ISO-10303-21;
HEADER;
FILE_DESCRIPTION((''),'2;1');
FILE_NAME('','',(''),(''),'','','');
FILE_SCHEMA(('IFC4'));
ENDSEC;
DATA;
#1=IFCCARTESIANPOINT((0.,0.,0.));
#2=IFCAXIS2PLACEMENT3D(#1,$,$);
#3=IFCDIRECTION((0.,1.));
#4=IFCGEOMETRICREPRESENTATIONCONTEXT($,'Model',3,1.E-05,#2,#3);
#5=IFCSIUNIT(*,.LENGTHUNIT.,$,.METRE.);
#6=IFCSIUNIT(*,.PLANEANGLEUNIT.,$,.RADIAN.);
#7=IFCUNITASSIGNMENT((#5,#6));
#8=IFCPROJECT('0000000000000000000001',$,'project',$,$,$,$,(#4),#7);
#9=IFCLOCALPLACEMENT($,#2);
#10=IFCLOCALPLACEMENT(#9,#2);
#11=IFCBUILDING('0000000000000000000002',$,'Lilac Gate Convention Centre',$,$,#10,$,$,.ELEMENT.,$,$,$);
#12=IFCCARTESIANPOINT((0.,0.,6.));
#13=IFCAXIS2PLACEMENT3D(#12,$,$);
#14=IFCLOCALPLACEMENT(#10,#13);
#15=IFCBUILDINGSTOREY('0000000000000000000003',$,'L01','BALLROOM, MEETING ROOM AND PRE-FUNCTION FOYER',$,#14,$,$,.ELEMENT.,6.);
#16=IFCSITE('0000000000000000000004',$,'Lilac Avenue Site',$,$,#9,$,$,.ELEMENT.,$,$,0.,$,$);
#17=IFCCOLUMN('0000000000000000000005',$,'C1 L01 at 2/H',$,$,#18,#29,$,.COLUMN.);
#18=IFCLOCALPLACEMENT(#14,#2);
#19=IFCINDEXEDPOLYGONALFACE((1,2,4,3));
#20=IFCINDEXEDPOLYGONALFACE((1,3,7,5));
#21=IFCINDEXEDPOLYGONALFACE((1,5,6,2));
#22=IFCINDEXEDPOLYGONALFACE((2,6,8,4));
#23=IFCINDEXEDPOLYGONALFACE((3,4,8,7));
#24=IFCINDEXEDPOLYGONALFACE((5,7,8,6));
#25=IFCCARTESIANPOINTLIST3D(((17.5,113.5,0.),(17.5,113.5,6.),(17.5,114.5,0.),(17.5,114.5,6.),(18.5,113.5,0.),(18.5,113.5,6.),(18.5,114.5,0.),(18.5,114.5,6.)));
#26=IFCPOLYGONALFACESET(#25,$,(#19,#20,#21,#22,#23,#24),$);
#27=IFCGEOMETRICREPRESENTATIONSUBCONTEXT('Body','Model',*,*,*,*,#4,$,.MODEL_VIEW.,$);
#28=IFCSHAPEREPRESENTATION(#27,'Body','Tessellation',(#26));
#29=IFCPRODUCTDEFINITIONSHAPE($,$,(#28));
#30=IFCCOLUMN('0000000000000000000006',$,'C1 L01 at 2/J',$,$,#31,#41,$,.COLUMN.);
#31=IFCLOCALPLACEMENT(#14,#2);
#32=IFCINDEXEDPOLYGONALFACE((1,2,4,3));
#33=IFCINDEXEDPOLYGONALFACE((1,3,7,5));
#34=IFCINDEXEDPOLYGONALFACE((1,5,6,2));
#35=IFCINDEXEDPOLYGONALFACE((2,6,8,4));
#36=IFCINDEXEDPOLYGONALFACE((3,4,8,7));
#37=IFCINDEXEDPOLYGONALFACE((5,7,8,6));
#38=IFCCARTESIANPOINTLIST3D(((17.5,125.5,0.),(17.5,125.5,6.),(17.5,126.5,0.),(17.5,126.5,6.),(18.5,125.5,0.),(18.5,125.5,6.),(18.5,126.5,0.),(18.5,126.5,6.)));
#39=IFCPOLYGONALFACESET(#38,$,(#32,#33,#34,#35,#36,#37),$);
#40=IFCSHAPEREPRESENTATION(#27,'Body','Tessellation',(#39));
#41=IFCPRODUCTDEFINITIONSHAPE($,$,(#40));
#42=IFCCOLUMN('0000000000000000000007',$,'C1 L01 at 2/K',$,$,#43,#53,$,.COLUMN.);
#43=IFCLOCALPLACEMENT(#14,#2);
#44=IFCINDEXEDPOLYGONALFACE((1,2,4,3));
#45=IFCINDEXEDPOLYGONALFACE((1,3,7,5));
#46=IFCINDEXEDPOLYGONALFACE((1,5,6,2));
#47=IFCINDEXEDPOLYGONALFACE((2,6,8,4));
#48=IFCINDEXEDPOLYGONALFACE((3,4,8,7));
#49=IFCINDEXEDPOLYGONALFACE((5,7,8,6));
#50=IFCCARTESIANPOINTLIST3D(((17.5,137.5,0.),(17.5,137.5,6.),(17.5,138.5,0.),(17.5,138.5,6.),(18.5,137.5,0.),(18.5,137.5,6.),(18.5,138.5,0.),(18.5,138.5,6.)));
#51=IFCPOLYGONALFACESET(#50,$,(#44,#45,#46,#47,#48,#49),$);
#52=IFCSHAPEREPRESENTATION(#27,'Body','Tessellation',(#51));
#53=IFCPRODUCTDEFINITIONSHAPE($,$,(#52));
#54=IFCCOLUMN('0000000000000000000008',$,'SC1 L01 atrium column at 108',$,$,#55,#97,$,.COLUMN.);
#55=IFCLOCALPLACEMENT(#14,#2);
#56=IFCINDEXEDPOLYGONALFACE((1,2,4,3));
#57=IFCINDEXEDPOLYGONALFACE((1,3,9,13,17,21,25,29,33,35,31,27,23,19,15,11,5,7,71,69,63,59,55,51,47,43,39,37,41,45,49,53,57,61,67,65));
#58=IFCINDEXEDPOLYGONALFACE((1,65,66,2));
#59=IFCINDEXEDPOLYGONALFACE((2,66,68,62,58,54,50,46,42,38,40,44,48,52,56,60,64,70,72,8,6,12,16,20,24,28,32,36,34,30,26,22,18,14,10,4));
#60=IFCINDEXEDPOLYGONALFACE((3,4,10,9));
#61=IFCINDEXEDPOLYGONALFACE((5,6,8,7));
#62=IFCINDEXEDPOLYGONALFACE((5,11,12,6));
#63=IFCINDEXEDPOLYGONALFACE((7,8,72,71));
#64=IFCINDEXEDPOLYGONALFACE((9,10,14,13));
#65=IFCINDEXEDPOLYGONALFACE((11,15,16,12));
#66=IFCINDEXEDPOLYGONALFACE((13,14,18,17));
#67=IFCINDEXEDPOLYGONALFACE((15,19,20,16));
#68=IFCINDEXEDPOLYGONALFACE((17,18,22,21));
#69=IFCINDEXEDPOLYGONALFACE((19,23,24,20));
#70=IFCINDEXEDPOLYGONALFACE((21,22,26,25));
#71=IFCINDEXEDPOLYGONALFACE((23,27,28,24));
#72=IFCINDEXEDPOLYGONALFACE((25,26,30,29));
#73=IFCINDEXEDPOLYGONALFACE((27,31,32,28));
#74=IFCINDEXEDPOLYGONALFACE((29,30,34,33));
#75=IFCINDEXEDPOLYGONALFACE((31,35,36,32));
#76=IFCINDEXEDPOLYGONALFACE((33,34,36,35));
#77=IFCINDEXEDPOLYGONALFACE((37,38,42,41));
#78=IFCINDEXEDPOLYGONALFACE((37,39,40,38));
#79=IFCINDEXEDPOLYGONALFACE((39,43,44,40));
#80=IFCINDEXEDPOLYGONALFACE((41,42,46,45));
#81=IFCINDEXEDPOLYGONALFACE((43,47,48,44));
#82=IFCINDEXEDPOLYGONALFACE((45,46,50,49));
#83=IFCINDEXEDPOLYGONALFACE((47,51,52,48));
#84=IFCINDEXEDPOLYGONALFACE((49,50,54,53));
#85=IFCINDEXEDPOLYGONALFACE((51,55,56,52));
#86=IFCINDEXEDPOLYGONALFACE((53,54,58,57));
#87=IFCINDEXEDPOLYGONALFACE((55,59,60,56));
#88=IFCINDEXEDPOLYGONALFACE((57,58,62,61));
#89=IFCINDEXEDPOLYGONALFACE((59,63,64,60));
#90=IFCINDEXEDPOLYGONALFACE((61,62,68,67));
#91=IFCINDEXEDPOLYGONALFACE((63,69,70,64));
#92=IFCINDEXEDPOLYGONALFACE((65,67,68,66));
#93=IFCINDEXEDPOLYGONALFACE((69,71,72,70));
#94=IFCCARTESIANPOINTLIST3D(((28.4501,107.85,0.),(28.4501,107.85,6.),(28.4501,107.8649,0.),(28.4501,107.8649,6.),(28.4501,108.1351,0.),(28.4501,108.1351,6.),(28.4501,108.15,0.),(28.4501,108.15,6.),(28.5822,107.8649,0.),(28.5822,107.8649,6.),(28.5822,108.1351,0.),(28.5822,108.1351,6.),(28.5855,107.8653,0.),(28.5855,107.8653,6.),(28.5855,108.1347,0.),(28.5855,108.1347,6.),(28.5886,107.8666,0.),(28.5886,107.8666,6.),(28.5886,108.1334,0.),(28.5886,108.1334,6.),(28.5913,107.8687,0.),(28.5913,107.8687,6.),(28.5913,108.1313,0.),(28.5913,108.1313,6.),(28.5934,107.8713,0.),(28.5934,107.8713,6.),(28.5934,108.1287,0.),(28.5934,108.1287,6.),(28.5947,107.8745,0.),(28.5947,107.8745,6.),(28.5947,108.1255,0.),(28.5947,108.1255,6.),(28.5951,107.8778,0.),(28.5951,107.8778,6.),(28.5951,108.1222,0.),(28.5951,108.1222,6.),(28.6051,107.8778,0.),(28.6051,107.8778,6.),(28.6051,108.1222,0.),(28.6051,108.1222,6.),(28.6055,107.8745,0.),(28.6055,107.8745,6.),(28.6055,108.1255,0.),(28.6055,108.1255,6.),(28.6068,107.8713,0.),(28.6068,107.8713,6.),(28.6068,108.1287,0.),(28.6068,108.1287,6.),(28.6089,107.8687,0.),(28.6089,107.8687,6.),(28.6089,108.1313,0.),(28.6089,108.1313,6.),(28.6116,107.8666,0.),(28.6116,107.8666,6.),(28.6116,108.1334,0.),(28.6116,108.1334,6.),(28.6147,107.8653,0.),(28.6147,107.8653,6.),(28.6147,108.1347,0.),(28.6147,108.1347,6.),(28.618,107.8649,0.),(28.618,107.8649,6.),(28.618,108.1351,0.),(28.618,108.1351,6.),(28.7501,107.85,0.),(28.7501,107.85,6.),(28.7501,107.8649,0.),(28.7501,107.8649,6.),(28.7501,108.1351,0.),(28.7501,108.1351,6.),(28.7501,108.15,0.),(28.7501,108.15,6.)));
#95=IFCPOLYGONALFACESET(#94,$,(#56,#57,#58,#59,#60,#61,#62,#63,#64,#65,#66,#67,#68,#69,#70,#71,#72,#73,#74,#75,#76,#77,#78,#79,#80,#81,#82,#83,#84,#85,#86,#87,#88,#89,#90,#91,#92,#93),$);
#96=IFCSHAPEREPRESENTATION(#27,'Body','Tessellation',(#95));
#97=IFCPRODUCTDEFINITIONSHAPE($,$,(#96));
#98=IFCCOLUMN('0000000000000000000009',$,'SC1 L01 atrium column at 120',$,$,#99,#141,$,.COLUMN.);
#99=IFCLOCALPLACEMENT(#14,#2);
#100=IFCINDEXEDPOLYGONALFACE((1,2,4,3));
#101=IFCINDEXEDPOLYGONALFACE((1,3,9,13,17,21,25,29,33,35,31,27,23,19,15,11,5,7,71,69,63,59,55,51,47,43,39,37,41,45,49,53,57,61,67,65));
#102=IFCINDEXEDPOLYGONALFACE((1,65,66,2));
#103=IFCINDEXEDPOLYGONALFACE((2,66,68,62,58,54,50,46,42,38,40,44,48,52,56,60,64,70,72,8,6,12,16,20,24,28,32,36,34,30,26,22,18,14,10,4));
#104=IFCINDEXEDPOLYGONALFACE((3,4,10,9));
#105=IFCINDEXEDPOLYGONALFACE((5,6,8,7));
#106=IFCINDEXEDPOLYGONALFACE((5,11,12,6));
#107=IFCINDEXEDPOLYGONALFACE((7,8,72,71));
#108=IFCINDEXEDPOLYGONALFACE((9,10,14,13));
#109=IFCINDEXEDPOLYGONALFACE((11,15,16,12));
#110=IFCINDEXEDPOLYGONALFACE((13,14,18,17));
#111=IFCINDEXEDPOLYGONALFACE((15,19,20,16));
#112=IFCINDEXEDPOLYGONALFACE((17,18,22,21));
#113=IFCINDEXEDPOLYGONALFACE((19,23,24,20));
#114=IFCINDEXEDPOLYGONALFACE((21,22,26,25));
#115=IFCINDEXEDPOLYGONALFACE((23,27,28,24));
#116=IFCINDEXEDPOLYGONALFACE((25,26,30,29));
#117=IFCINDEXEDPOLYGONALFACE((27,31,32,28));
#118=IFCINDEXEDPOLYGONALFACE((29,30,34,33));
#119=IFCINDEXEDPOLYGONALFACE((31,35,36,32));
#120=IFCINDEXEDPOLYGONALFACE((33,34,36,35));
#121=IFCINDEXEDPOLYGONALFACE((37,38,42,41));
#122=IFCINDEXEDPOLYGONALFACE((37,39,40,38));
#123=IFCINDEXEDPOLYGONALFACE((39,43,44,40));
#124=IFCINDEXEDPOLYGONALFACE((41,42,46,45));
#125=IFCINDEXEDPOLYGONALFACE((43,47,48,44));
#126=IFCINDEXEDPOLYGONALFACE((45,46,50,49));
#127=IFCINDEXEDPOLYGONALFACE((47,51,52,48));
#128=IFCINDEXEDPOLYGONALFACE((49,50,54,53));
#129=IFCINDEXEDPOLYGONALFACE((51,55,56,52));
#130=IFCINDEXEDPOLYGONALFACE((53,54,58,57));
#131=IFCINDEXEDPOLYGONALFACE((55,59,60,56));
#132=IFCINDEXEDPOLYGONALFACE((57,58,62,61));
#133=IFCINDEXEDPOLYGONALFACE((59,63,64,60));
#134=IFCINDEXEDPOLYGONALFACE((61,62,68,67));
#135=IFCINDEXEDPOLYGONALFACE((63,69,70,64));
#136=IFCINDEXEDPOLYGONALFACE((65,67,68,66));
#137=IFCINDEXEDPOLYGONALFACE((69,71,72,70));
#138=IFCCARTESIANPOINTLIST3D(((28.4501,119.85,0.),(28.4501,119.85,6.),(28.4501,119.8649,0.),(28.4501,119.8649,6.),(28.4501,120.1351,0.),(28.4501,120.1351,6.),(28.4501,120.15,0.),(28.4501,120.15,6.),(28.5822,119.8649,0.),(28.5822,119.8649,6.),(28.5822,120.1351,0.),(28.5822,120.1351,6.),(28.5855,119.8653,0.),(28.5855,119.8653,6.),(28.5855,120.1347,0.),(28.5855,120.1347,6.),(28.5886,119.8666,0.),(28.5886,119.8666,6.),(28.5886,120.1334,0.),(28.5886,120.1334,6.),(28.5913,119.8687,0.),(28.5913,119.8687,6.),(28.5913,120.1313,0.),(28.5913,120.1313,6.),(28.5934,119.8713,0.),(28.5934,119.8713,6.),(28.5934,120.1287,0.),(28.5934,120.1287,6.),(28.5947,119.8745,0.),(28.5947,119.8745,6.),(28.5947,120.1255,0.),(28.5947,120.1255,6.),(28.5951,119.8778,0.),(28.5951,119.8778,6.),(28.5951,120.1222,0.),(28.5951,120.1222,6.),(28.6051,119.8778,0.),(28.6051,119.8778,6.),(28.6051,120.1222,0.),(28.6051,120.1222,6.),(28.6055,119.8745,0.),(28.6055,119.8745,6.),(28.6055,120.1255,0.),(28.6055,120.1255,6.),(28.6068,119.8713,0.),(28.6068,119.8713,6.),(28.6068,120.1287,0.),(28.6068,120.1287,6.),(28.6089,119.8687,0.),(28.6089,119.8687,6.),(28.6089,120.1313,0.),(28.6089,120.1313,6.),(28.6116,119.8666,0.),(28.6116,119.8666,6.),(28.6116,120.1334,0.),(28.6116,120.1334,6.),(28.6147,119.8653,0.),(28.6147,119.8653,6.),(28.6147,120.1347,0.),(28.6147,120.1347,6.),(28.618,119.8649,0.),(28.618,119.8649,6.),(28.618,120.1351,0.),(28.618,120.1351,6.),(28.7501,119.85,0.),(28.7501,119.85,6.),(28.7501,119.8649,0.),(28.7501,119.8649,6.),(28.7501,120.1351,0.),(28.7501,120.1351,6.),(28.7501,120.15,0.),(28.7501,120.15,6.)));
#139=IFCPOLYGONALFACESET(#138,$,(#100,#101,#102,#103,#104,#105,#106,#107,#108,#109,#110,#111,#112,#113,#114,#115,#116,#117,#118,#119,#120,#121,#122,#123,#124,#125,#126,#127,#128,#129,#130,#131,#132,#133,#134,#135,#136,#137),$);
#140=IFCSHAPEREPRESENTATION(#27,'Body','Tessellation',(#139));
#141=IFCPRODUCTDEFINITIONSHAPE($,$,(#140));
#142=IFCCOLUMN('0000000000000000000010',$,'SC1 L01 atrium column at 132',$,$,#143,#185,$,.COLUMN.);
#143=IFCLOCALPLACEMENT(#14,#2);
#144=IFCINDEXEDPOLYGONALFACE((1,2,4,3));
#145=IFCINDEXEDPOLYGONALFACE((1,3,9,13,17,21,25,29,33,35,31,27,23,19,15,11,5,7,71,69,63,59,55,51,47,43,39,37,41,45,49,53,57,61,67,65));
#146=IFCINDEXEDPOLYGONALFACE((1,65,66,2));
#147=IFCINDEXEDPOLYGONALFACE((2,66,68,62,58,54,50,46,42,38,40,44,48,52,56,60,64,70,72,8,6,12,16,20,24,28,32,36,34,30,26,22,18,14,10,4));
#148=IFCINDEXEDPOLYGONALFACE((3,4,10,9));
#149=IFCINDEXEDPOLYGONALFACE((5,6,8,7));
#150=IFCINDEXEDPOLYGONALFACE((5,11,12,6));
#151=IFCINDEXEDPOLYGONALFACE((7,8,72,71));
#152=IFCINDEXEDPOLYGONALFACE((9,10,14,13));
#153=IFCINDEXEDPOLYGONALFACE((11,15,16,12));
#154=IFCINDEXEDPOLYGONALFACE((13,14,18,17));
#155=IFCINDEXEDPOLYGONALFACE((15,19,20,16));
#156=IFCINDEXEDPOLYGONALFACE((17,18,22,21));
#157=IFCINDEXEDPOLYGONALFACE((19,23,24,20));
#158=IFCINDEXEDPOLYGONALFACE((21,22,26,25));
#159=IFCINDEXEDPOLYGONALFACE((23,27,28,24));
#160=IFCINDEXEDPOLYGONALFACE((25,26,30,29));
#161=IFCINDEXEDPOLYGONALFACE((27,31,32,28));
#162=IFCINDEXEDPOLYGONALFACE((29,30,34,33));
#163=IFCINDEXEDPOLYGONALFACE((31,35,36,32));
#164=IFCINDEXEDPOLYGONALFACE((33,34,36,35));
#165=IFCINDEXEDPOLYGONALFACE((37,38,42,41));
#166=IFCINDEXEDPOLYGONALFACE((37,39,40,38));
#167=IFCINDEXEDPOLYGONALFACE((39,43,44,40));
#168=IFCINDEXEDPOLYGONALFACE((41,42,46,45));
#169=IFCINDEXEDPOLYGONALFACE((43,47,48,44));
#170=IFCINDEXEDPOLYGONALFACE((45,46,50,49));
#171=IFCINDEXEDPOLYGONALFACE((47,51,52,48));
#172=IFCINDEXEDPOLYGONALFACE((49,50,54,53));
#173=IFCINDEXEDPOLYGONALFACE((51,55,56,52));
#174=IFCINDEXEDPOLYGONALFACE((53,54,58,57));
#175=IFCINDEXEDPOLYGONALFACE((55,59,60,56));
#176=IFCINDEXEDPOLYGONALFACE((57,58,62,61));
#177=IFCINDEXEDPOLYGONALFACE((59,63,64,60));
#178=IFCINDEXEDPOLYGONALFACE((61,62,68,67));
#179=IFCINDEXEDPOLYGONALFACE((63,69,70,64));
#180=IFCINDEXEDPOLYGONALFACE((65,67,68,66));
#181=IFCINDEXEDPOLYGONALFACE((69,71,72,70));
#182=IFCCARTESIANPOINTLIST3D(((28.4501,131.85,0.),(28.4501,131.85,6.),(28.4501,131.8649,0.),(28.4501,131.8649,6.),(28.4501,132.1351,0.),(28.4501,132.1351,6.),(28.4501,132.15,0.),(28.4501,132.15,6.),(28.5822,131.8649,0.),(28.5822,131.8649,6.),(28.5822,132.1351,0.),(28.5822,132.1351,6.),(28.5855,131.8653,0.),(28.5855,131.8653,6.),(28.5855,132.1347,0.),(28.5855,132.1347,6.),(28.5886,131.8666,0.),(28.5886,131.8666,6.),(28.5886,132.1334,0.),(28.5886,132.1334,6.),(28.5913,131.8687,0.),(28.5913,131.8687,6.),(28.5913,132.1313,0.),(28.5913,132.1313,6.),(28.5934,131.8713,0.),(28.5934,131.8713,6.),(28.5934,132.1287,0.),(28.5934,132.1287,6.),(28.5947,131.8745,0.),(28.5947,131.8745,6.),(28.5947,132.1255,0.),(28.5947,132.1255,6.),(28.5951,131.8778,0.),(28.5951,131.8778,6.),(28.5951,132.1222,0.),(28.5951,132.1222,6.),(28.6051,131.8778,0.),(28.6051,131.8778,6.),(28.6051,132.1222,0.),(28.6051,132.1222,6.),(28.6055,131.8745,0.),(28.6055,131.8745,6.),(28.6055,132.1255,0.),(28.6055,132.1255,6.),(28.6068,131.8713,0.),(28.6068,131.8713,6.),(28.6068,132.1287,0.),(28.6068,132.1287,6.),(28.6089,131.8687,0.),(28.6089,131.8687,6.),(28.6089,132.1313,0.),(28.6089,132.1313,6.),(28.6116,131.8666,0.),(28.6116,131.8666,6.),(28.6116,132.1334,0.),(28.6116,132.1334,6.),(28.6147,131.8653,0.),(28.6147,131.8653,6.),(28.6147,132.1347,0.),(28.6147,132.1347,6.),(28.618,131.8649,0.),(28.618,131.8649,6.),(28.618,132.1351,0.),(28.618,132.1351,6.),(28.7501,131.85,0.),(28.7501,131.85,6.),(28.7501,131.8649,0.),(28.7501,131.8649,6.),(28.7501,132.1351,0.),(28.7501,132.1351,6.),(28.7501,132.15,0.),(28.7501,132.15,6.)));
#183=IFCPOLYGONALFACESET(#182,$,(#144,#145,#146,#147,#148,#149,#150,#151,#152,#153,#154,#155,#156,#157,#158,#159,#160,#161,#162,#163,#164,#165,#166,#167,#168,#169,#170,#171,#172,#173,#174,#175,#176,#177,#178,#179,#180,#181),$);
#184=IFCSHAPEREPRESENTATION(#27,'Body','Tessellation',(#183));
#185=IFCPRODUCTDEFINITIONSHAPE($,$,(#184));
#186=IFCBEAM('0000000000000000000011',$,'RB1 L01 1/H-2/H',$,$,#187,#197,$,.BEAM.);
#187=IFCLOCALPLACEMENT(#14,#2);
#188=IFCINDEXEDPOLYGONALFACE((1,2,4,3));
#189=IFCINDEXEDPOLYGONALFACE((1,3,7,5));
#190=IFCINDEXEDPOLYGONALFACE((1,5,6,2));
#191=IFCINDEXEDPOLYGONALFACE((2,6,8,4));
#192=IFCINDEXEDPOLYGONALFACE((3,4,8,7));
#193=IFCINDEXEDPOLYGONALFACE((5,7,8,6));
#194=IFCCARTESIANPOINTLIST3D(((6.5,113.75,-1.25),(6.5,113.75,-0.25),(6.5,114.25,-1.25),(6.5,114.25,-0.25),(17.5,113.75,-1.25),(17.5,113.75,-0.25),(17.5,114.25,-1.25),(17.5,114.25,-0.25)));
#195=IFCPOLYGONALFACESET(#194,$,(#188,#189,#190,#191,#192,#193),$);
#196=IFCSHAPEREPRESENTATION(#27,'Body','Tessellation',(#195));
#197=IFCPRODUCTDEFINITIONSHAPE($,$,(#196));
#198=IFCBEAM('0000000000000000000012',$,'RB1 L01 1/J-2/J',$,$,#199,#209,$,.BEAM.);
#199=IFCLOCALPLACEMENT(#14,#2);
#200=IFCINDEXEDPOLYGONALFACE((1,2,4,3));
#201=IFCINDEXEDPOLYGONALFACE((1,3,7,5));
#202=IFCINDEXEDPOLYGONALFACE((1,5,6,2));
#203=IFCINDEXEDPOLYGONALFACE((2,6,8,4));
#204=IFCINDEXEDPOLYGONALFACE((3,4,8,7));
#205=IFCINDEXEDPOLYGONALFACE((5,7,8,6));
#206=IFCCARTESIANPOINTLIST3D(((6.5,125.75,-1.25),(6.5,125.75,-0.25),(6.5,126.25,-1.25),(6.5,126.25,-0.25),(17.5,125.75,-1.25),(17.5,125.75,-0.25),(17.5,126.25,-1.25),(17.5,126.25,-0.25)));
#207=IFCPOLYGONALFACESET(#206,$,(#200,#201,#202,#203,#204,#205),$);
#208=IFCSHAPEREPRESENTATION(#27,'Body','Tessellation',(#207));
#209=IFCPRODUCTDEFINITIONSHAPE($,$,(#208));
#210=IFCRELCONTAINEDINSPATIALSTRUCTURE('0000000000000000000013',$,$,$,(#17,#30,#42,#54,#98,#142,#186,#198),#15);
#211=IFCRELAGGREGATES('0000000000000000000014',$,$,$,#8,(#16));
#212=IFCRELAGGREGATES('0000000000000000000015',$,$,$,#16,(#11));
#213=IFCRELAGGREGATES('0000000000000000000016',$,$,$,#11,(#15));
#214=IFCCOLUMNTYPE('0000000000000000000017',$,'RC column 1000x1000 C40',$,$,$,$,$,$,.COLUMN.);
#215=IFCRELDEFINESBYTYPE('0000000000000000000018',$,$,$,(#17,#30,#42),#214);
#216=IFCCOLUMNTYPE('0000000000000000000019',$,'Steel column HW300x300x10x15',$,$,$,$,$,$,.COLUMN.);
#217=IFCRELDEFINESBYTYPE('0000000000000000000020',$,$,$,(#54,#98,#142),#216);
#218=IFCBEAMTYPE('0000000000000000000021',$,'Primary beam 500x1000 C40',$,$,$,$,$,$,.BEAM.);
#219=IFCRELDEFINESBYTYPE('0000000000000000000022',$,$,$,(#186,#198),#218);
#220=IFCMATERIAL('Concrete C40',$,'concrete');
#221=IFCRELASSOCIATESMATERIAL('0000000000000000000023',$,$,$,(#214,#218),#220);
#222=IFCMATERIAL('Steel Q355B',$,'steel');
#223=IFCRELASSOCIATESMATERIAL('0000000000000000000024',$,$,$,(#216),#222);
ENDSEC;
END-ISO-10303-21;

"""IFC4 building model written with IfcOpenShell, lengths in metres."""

from ifc_helpers import new_model, si_unit, direction, frame, origin, origin_2d, place, context, subcontext, project, spatial, rectangle, i_section, extrude, material, material_profile, profile_set, type_object, element, save


model = new_model("IFC4")

# Units and contexts
model_context = context("Model", 3, precision=1e-05, world=origin(), true_north=direction((0.0, 1.0)))
body_context = subcontext(model_context, "Body", "Model", "MODEL_VIEW")
ifc_project = project(units=[si_unit("LENGTHUNIT", "METRE"), si_unit("PLANEANGLEUNIT", "RADIAN")], contexts=[model_context])

# Site, building, storey
site_placement = place(None, origin())
site = spatial("IfcSite", under=ifc_project, at=site_placement, Name="Lilac Avenue Site", CompositionType="ELEMENT", RefElevation=0.0)
building_placement = place(site_placement, origin())
building = spatial("IfcBuilding", under=site, at=building_placement, Name="Lilac Gate Convention Centre", CompositionType="ELEMENT")
storey_placement = place(building_placement, frame((0.0, 0.0, 6.0)))
storey = spatial("IfcBuildingStorey", under=building, at=storey_placement, Name="L01", Description="BALLROOM, MEETING ROOM AND PRE-FUNCTION FOYER", CompositionType="ELEMENT", Elevation=6.0)

# Columns
ifc_material_1 = material(Name="Concrete C40", Category="concrete")
ifc_material_profile_1 = material_profile(ifc_material_1, rectangle(XDim=1.0, YDim=1.0, at=origin_2d()), Name="RC 1000x1000")
ifc_profile_set_1 = profile_set([ifc_material_profile_1], Name="Concrete C40")
column_type_1 = type_object("IfcColumnType", Name="RC column 1000x1000 C40", PredefinedType="COLUMN", material=ifc_profile_set_1)
for number, where, z_axis, x_axis, name in (
    (1, (18.0, 114.0, 0.0), (0.0, 0.0, 1.0), (1.0, 0.0, 0.0), "C1 L01 at 2/H"),
    (2, (18.0, 126.0, 0.0), (0.0, 0.0, 1.0), (1.0, 0.0, 0.0), "C1 L01 at 2/J"),
    (3, (18.0, 138.0, 0.0), (0.0, 0.0, 1.0), (1.0, 0.0, 0.0), "C1 L01 at 2/K"),
):
    element("IfcColumn", number, at=place(storey_placement, frame(where, z_axis=z_axis, x_axis=x_axis)), inside=storey, type_object=column_type_1, Name=name, PredefinedType="COLUMN", context=body_context, shape_type="SweptSolid", body=[
        extrude(rectangle(XDim=1.0, YDim=1.0, at=origin_2d()), origin(), (0.0, 0.0, 1.0), 6.0),
    ])
ifc_material_2 = material(Name="Steel Q355B", Category="steel")
ifc_material_profile_2 = material_profile(ifc_material_2, i_section(OverallWidth=0.3, OverallDepth=0.3, WebThickness=0.01, FlangeThickness=0.0149, FilletRadius=0.0129, at=origin_2d()), Name="HW300x300x10x15")
ifc_profile_set_2 = profile_set([ifc_material_profile_2], Name="Steel Q355B")
column_type_2 = type_object("IfcColumnType", Name="Steel column HW300x300x10x15", PredefinedType="COLUMN", material=ifc_profile_set_2)
for number, where, z_axis, x_axis, name in (
    (4, (28.6001, 108.0, 0.0), (0.0, 0.0, 1.0), (1.0, 0.0, 0.0), "SC1 L01 atrium column at 108"),
    (5, (28.6001, 120.0, 0.0), (0.0, 0.0, 1.0), (1.0, 0.0, 0.0), "SC1 L01 atrium column at 120"),
    (6, (28.6001, 132.0, 0.0), (0.0, 0.0, 1.0), (1.0, 0.0, 0.0), "SC1 L01 atrium column at 132"),
):
    element("IfcColumn", number, at=place(storey_placement, frame(where, z_axis=z_axis, x_axis=x_axis)), inside=storey, type_object=column_type_2, Name=name, PredefinedType="COLUMN", context=body_context, shape_type="SweptSolid", body=[
        extrude(i_section(OverallWidth=0.3, OverallDepth=0.3, WebThickness=0.01, FlangeThickness=0.0149, FilletRadius=0.0129, at=origin_2d()), origin(), (0.0, 0.0, 1.0), 6.0),
    ])

# Beams
ifc_material_profile_3 = material_profile(ifc_material_1, rectangle(XDim=0.5, YDim=1.0, at=origin_2d()), Name="RC 500x1000")
ifc_profile_set_3 = profile_set([ifc_material_profile_3], Name="Concrete C40")
beam_type_1 = type_object("IfcBeamType", Name="Primary beam 500x1000 C40", PredefinedType="BEAM", material=ifc_profile_set_3)
for number, where, z_axis, x_axis, name in (
    (7, (6.5, 114.0, -0.75), (1.0, 0.0, 0.0), (0.0, 1.0, 0.0), "RB1 L01 1/H-2/H"),
    (8, (6.5, 126.0, -0.75), (1.0, 0.0, 0.0), (0.0, 1.0, 0.0), "RB1 L01 1/J-2/J"),
):
    element("IfcBeam", number, at=place(storey_placement, frame(where, z_axis=z_axis, x_axis=x_axis)), inside=storey, type_object=beam_type_1, Name=name, PredefinedType="BEAM", context=body_context, shape_type="SweptSolid", body=[
        extrude(rectangle(XDim=0.5, YDim=1.0, at=origin_2d()), origin(), (0.0, 0.0, 1.0), 11.0),
    ])

save(model, "model.ifc")
